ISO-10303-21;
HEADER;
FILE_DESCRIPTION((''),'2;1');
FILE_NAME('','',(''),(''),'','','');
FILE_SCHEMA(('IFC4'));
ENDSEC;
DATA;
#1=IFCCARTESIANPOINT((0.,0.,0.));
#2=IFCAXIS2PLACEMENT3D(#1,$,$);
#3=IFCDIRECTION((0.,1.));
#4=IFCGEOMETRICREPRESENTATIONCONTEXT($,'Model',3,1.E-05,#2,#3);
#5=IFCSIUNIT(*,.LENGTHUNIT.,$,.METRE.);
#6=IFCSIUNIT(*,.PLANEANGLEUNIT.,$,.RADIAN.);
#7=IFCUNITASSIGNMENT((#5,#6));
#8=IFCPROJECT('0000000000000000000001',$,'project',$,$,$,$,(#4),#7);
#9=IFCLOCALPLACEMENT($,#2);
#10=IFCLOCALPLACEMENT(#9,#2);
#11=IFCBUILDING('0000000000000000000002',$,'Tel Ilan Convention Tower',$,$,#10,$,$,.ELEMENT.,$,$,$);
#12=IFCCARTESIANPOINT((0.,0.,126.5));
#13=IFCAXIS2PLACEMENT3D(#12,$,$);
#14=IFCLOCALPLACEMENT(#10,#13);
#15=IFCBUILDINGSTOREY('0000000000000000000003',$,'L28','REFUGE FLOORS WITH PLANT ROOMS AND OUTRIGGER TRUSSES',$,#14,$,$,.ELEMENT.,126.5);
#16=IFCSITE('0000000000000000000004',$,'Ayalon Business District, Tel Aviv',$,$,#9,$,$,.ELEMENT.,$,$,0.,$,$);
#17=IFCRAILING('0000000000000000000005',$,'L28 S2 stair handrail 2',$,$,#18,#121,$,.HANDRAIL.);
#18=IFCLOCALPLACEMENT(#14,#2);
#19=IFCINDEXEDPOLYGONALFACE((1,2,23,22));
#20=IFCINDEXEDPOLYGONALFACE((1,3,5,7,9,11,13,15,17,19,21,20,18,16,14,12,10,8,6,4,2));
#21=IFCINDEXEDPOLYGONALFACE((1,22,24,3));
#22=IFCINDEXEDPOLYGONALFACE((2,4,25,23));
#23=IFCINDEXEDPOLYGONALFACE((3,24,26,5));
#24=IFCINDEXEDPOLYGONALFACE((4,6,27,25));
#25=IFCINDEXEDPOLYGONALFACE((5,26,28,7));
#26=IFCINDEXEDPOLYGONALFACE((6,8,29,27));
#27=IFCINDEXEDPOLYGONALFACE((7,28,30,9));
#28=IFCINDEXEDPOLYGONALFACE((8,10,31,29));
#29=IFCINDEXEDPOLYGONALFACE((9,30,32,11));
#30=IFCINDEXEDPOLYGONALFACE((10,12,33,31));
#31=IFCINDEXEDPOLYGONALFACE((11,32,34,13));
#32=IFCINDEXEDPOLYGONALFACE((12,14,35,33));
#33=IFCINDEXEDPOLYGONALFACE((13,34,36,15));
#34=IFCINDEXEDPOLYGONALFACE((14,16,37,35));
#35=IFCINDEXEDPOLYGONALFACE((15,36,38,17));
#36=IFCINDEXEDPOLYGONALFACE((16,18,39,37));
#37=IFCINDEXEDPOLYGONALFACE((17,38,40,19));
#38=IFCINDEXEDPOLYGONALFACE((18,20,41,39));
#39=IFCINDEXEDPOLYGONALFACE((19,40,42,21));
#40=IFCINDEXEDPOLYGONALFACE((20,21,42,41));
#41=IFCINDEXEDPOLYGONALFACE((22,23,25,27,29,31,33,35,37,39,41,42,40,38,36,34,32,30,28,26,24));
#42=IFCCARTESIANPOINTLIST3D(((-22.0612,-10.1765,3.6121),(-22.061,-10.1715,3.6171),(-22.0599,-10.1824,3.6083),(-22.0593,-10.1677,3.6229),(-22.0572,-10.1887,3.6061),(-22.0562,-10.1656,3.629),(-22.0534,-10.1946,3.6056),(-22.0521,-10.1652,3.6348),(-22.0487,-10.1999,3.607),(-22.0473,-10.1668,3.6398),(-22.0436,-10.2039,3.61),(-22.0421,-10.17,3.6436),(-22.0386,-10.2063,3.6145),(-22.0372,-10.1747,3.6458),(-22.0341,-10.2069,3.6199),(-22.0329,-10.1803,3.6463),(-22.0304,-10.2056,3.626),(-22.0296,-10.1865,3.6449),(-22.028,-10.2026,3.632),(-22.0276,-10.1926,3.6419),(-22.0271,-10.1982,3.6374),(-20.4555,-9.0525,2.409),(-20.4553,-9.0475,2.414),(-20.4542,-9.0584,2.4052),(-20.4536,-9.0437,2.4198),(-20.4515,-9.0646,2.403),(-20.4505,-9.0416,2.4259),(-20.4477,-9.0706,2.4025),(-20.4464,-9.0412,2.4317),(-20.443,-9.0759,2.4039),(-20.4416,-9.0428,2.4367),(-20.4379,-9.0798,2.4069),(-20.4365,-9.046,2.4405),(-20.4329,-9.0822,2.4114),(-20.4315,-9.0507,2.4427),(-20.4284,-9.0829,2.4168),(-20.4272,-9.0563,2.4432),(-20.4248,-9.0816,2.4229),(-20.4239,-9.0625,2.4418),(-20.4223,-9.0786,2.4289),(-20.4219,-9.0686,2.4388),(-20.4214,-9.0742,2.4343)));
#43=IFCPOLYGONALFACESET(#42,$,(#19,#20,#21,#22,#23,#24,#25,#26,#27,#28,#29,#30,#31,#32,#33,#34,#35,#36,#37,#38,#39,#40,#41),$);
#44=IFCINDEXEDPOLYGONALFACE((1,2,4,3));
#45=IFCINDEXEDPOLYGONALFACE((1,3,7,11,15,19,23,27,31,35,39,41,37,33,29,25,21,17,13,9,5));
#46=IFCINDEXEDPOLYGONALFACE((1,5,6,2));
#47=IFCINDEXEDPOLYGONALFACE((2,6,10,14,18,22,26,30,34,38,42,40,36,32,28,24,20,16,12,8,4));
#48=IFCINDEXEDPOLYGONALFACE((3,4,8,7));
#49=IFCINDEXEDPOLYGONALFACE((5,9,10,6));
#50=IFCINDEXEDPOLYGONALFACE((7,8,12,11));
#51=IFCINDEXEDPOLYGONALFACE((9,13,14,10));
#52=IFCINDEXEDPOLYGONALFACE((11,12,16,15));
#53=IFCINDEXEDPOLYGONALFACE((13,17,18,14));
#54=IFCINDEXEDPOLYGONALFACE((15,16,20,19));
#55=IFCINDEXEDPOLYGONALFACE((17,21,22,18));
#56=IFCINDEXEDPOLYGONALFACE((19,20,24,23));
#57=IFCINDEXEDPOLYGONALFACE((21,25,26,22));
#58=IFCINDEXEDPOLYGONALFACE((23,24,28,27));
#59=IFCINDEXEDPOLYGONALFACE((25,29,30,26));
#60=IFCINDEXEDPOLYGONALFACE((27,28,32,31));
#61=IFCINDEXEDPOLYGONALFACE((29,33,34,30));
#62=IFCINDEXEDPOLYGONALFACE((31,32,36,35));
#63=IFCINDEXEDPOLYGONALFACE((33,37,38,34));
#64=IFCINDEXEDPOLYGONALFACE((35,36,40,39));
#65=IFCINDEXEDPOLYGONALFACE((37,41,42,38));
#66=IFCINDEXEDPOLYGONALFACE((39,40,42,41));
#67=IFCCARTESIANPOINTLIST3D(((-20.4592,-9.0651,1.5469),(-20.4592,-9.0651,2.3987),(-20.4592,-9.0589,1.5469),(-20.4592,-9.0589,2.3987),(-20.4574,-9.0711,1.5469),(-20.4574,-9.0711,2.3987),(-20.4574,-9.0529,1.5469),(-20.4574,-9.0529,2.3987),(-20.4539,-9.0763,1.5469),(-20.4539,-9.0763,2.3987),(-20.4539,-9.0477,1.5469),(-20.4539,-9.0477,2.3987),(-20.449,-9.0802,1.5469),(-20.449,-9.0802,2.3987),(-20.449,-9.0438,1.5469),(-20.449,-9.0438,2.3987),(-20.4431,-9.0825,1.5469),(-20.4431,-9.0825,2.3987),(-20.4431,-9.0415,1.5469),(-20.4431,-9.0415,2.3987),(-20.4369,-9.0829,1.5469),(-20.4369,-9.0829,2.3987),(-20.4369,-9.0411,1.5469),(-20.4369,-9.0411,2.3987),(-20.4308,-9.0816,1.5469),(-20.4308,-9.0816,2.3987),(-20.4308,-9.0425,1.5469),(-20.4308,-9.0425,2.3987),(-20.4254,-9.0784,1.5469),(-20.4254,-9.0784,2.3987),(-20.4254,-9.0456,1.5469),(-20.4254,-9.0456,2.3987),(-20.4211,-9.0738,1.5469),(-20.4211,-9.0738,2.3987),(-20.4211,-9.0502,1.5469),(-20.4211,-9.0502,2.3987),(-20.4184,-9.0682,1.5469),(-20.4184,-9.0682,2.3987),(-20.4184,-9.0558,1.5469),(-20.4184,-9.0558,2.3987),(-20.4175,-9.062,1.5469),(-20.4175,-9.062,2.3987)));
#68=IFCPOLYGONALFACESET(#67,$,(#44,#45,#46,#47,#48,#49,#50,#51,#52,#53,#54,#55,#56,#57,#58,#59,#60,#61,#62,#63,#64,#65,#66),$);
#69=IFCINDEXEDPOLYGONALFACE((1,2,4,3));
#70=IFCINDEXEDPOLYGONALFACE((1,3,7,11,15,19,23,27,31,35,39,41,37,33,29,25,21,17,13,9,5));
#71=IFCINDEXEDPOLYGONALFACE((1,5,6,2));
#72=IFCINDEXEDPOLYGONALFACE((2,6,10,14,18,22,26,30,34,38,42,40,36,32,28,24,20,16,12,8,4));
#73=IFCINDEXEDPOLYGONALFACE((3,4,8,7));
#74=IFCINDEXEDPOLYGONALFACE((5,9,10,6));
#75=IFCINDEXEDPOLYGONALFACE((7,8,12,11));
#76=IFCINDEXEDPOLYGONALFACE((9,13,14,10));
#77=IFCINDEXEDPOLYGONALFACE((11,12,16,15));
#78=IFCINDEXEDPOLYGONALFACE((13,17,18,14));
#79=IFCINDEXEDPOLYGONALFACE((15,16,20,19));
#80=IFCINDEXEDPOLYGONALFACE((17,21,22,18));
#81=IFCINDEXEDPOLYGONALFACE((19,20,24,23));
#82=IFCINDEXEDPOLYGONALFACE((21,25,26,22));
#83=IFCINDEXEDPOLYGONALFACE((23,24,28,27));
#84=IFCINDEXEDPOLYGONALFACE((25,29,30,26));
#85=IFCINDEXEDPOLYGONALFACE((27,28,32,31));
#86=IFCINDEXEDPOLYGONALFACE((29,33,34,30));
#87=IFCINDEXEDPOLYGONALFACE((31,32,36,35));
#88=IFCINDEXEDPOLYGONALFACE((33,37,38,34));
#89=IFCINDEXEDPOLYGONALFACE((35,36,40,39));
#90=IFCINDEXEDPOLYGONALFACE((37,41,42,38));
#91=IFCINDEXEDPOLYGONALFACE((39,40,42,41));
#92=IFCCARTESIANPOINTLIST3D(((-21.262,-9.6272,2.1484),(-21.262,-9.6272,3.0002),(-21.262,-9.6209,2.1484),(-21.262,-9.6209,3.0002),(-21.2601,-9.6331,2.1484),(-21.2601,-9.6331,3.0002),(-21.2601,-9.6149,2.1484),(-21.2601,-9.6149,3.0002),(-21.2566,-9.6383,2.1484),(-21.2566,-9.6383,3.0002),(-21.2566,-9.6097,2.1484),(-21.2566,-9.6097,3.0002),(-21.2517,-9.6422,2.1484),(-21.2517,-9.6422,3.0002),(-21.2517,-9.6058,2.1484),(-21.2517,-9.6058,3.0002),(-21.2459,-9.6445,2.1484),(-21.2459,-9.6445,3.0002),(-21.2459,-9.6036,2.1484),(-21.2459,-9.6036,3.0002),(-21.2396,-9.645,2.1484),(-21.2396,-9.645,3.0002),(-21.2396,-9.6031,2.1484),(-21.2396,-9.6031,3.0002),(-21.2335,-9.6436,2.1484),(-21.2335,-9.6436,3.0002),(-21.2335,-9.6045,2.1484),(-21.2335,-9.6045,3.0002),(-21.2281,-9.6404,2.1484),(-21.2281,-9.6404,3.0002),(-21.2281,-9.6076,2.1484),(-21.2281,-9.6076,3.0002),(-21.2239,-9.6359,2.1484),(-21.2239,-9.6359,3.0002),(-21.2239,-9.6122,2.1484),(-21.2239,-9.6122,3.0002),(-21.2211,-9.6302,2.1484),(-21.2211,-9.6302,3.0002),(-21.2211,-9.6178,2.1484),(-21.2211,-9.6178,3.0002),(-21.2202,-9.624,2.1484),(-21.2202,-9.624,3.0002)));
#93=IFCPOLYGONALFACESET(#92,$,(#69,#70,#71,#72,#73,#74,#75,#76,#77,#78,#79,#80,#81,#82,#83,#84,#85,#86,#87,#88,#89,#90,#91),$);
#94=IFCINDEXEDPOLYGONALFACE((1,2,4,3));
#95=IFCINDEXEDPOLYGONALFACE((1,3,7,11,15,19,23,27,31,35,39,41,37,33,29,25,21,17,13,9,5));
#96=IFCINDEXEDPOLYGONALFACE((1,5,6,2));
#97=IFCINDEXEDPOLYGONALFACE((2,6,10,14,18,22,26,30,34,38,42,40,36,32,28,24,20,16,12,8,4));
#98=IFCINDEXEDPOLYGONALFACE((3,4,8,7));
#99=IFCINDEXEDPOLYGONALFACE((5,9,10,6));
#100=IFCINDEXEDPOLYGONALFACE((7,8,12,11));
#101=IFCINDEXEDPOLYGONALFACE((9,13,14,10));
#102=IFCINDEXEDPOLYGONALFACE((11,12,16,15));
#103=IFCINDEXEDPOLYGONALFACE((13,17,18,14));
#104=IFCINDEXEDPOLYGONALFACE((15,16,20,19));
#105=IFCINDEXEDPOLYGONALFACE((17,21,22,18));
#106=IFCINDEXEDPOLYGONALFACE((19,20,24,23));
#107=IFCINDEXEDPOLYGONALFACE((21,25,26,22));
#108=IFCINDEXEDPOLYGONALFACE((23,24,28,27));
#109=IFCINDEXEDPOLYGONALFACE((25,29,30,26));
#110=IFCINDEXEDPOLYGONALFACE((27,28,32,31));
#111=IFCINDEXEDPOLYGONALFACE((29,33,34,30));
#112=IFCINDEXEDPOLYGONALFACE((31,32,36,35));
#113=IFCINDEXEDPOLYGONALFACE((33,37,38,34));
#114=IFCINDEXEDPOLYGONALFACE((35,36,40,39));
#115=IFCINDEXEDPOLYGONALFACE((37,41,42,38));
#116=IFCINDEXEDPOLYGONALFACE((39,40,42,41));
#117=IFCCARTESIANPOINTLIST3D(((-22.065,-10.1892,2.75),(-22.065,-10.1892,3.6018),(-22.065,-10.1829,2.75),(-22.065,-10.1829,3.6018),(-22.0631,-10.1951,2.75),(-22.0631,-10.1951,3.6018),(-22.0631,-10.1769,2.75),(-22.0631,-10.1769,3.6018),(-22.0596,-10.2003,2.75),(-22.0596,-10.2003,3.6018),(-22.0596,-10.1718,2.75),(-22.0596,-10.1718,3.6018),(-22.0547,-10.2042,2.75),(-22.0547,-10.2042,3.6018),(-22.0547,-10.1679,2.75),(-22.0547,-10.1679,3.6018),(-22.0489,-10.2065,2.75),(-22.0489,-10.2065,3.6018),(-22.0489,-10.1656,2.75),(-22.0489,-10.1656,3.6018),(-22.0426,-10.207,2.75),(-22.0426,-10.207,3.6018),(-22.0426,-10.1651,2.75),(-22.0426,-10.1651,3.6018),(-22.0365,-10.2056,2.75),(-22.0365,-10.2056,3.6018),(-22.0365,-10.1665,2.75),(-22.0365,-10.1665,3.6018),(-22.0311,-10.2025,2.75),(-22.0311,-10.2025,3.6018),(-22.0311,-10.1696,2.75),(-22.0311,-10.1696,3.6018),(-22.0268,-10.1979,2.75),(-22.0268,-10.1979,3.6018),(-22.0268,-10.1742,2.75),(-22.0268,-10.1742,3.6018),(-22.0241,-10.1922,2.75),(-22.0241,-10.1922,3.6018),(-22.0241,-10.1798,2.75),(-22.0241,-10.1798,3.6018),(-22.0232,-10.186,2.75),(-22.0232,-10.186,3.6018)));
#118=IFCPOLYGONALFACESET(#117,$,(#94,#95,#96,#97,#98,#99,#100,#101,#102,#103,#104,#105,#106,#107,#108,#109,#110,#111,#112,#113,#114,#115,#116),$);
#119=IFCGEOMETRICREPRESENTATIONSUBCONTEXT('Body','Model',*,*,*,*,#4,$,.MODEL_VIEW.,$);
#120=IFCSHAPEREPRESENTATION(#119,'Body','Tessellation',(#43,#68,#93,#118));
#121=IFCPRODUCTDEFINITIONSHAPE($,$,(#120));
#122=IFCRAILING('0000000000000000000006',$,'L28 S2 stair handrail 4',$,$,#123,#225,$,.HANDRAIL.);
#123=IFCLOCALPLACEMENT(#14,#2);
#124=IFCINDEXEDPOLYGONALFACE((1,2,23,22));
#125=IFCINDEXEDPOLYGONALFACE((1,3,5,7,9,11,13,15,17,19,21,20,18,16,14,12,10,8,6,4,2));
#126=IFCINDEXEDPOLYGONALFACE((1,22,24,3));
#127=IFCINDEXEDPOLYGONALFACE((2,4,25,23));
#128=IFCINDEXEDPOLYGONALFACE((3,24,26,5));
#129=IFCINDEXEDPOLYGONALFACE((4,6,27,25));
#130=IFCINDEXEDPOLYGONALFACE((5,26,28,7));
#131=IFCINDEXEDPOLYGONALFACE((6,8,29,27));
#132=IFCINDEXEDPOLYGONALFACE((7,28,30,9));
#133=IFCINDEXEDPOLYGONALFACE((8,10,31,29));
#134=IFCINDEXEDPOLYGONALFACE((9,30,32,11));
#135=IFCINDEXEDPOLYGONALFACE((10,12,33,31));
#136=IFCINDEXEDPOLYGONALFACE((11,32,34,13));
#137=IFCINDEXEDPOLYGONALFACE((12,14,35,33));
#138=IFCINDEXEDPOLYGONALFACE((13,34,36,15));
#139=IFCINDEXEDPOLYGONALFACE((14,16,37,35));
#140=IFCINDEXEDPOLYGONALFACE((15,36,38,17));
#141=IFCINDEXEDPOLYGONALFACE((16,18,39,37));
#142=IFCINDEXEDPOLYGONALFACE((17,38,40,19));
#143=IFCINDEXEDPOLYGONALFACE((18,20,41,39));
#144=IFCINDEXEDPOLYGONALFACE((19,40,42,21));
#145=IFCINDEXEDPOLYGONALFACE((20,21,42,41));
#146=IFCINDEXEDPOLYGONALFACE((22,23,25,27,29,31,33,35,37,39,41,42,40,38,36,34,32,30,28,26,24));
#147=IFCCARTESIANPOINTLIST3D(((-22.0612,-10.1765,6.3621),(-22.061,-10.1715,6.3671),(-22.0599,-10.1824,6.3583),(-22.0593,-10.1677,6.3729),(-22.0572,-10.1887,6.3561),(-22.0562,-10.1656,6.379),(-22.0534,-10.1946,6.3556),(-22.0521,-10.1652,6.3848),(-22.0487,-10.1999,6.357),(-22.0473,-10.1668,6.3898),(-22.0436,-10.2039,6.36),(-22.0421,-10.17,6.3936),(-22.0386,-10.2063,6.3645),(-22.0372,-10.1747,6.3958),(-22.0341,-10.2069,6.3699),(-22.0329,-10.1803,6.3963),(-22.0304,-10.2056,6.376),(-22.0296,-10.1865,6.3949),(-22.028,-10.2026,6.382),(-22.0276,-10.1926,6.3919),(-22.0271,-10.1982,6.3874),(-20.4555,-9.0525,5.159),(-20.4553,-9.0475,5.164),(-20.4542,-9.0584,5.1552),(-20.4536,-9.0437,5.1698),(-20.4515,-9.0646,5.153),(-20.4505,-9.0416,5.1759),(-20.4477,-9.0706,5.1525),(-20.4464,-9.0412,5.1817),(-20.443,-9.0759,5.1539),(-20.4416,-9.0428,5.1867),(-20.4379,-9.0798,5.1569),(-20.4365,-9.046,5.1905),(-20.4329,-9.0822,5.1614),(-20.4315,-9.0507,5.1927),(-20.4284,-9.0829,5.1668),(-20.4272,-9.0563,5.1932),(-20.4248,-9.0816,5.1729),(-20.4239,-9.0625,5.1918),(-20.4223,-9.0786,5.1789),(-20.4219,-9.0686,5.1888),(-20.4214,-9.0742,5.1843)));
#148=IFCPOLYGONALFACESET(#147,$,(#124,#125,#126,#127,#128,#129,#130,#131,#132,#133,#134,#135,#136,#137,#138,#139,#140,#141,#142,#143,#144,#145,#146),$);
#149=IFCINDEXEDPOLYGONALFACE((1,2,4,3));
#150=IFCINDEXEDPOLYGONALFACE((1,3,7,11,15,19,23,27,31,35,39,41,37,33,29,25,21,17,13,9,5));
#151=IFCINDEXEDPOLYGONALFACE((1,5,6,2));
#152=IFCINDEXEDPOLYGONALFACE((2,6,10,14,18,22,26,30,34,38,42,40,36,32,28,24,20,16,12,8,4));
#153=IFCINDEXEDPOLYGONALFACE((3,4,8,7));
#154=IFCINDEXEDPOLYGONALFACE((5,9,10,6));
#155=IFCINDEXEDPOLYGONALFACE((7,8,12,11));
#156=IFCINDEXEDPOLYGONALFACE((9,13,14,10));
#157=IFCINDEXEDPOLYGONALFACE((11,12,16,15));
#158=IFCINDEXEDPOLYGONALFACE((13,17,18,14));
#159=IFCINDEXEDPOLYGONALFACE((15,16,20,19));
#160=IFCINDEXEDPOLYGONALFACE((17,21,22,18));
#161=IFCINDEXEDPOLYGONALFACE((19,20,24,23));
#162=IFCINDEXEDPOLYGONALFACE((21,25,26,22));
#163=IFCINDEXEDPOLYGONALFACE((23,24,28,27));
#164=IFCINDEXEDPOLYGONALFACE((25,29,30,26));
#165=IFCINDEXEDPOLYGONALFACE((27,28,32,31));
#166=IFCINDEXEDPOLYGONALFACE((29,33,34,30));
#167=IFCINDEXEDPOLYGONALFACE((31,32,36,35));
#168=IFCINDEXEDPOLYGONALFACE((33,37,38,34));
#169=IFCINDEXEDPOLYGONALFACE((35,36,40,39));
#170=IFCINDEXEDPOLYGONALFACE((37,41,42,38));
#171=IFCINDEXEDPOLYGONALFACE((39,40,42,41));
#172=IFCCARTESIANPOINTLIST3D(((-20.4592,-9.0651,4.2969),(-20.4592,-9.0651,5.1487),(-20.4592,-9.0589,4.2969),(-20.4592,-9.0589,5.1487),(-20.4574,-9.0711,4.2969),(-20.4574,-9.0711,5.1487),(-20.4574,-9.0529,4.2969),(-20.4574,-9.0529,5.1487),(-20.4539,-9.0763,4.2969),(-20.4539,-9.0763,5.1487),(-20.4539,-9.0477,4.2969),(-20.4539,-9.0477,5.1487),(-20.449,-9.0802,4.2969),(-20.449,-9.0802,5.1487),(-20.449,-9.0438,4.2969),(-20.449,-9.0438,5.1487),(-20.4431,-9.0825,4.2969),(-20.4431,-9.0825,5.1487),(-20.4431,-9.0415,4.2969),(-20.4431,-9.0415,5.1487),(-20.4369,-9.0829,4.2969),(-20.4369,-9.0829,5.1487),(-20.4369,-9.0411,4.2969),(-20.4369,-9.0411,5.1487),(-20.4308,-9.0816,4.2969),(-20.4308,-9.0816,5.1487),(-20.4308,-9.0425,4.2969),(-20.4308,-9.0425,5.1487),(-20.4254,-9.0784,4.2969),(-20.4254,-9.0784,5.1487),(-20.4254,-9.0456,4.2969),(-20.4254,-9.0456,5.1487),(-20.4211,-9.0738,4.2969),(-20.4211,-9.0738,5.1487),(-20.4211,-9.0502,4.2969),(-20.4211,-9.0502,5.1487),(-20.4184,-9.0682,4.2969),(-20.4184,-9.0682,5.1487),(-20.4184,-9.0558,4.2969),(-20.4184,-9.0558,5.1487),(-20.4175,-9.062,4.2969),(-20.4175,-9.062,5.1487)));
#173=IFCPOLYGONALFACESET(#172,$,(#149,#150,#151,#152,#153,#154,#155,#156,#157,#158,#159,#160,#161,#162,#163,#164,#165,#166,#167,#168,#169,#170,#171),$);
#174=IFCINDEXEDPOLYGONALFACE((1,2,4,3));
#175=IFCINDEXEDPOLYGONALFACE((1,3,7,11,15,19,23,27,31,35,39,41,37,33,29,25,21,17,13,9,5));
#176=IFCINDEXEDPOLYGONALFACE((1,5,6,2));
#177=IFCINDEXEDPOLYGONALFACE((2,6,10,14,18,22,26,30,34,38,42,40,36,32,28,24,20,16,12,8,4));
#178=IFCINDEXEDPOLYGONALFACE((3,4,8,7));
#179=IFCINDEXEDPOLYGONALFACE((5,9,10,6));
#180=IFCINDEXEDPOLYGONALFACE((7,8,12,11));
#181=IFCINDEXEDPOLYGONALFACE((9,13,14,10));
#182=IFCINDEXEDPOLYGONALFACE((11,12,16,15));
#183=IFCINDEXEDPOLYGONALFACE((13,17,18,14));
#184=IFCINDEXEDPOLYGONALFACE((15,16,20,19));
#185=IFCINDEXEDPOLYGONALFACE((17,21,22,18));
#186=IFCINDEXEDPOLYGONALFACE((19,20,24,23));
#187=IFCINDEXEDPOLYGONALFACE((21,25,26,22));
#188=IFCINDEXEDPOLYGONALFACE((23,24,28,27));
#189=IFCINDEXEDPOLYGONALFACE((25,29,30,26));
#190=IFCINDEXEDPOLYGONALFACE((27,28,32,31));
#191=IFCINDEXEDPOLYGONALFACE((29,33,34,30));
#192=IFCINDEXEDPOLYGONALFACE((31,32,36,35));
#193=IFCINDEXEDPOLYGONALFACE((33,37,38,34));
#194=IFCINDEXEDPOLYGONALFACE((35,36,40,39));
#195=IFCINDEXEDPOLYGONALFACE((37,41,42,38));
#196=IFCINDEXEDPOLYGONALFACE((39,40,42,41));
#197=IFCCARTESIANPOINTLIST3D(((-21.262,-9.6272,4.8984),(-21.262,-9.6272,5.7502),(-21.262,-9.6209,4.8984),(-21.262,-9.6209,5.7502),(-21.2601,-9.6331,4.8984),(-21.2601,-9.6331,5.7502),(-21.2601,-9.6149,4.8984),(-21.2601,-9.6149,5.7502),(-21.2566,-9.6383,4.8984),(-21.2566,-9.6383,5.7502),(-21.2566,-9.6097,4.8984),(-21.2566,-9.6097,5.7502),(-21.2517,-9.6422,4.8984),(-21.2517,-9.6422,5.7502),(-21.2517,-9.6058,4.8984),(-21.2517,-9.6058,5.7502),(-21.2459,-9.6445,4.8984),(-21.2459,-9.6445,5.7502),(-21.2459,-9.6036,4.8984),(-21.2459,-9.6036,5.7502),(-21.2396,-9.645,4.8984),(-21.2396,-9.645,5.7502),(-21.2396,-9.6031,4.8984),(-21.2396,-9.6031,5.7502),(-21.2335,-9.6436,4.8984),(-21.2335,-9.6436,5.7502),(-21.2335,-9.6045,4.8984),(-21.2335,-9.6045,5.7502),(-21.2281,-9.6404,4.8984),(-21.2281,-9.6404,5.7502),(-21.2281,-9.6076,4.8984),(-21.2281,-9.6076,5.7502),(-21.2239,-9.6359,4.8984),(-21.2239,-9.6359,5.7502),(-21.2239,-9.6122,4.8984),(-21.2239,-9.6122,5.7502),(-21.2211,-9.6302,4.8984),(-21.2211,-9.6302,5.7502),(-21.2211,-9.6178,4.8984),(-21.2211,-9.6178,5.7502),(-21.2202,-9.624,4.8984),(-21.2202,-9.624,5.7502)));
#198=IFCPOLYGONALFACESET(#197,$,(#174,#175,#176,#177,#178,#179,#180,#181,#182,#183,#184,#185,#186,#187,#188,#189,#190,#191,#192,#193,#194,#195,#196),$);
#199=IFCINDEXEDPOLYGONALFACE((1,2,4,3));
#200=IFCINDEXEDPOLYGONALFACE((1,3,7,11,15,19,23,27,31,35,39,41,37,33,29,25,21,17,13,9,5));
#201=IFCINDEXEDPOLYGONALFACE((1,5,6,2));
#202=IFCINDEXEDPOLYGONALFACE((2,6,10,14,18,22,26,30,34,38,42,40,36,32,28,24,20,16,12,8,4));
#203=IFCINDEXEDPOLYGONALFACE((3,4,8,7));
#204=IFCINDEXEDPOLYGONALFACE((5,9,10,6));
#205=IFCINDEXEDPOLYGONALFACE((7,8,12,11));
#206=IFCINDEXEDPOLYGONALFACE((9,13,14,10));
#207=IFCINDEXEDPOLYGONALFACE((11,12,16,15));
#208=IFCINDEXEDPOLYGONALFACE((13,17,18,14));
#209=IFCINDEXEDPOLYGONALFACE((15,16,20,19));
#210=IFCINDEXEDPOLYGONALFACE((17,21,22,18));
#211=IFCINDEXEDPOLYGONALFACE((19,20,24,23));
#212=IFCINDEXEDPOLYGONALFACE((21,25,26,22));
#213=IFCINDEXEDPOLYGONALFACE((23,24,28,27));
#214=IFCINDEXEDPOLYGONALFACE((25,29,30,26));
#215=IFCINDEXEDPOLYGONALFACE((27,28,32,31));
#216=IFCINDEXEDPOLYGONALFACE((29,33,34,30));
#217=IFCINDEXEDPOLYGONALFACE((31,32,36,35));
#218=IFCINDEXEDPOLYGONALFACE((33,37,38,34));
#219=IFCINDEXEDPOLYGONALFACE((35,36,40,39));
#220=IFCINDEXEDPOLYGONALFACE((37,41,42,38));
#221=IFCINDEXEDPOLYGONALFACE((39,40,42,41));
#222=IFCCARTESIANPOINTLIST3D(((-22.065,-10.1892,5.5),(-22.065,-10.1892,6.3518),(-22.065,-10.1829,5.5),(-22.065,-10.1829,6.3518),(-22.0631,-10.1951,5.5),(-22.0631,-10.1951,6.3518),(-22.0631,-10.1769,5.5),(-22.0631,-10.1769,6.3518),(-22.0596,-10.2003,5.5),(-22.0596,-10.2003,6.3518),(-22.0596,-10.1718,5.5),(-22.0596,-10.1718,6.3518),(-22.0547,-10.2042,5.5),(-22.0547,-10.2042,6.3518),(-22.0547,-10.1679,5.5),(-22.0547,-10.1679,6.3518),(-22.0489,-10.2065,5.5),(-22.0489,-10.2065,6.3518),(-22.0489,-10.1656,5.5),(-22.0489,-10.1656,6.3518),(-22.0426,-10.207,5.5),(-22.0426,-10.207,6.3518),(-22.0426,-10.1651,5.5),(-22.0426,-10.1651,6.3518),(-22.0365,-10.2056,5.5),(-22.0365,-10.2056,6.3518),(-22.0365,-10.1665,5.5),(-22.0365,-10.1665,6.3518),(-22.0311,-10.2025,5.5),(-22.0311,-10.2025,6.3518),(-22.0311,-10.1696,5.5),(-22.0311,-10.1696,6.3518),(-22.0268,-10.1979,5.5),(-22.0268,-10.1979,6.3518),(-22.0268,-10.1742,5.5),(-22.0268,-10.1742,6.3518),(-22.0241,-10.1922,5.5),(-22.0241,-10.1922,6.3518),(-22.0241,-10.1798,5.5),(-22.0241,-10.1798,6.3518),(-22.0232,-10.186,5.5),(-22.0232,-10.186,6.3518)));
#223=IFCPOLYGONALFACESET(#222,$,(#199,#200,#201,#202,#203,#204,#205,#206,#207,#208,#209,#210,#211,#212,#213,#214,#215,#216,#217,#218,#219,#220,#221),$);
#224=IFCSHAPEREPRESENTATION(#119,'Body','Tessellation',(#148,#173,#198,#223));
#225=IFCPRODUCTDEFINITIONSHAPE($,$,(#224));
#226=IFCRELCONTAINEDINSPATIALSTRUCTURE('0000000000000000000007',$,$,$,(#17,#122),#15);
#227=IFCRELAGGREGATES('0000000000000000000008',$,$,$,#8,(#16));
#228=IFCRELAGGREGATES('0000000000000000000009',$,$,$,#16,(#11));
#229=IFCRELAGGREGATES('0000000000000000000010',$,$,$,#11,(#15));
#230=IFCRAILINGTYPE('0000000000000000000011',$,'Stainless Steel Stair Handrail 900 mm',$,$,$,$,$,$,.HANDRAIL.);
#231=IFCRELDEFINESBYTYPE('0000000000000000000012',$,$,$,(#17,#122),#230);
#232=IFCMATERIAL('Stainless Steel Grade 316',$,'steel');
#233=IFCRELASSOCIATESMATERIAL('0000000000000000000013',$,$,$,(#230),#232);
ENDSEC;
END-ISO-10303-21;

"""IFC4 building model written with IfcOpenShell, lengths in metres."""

from ifc_helpers import new_model, si_unit, direction, frame, origin, origin_2d, place, context, subcontext, project, spatial, circle, extrude, material, type_object, element, save


model = new_model("IFC4")

# Units and contexts
model_context = context("Model", 3, precision=1e-05, world=origin(), true_north=direction((0.0, 1.0)))
body_context = subcontext(model_context, "Body", "Model", "MODEL_VIEW")
ifc_project = project(units=[si_unit("LENGTHUNIT", "METRE"), si_unit("PLANEANGLEUNIT", "RADIAN")], contexts=[model_context])

# Site, building, storey
site_placement = place(None, origin())
site = spatial("IfcSite", under=ifc_project, at=site_placement, Name="Ayalon Business District, Tel Aviv", CompositionType="ELEMENT", RefElevation=0.0)
building_placement = place(site_placement, origin())
building = spatial("IfcBuilding", under=site, at=building_placement, Name="Tel Ilan Convention Tower", CompositionType="ELEMENT")
storey_placement = place(building_placement, frame((0.0, 0.0, 126.5)))
storey = spatial("IfcBuildingStorey", under=building, at=storey_placement, Name="L28", Description="REFUGE FLOORS WITH PLANT ROOMS AND OUTRIGGER TRUSSES", CompositionType="ELEMENT", Elevation=126.5)

# Railings
ifc_material_1 = material(Name="Stainless Steel Grade 316", Category="steel")
railing_type_1 = type_object("IfcRailingType", Name="Stainless Steel Stair Handrail 900 mm", PredefinedType="HANDRAIL", material=ifc_material_1)
for number, where, name in (
    (1, (-20.4385, -9.062, 1.5469), "L28 S2 stair handrail 2"),
    (2, (-20.4385, -9.062, 4.2969), "L28 S2 stair handrail 4"),
):
    element("IfcRailing", number, at=place(storey_placement, frame(where)), inside=storey, type_object=railing_type_1, Name=name, PredefinedType="HANDRAIL", context=body_context, shape_type="SweptSolid", body=[
        extrude(circle(Radius=0.0239, at=origin_2d()), frame((0.0, 0.0, 0.876), z_axis=(-0.698185, -0.48874, 0.523135), x_axis=(0.573471, -0.819226, 0.0)), (0.0, 0.0, 1.0), 2.2998),
        extrude(circle(Radius=0.021, at=origin_2d()), origin(), (0.0, 0.0, 1.0), 0.8518),
        extrude(circle(Radius=0.021, at=origin_2d()), frame((-0.8027, -0.562, 0.6016)), (0.0, 0.0, 1.0), 0.8518),
        extrude(circle(Radius=0.021, at=origin_2d()), frame((-1.6057, -1.124, 1.2031)), (0.0, 0.0, 1.0), 0.8518),
    ])

save(model, "model.ifc")
